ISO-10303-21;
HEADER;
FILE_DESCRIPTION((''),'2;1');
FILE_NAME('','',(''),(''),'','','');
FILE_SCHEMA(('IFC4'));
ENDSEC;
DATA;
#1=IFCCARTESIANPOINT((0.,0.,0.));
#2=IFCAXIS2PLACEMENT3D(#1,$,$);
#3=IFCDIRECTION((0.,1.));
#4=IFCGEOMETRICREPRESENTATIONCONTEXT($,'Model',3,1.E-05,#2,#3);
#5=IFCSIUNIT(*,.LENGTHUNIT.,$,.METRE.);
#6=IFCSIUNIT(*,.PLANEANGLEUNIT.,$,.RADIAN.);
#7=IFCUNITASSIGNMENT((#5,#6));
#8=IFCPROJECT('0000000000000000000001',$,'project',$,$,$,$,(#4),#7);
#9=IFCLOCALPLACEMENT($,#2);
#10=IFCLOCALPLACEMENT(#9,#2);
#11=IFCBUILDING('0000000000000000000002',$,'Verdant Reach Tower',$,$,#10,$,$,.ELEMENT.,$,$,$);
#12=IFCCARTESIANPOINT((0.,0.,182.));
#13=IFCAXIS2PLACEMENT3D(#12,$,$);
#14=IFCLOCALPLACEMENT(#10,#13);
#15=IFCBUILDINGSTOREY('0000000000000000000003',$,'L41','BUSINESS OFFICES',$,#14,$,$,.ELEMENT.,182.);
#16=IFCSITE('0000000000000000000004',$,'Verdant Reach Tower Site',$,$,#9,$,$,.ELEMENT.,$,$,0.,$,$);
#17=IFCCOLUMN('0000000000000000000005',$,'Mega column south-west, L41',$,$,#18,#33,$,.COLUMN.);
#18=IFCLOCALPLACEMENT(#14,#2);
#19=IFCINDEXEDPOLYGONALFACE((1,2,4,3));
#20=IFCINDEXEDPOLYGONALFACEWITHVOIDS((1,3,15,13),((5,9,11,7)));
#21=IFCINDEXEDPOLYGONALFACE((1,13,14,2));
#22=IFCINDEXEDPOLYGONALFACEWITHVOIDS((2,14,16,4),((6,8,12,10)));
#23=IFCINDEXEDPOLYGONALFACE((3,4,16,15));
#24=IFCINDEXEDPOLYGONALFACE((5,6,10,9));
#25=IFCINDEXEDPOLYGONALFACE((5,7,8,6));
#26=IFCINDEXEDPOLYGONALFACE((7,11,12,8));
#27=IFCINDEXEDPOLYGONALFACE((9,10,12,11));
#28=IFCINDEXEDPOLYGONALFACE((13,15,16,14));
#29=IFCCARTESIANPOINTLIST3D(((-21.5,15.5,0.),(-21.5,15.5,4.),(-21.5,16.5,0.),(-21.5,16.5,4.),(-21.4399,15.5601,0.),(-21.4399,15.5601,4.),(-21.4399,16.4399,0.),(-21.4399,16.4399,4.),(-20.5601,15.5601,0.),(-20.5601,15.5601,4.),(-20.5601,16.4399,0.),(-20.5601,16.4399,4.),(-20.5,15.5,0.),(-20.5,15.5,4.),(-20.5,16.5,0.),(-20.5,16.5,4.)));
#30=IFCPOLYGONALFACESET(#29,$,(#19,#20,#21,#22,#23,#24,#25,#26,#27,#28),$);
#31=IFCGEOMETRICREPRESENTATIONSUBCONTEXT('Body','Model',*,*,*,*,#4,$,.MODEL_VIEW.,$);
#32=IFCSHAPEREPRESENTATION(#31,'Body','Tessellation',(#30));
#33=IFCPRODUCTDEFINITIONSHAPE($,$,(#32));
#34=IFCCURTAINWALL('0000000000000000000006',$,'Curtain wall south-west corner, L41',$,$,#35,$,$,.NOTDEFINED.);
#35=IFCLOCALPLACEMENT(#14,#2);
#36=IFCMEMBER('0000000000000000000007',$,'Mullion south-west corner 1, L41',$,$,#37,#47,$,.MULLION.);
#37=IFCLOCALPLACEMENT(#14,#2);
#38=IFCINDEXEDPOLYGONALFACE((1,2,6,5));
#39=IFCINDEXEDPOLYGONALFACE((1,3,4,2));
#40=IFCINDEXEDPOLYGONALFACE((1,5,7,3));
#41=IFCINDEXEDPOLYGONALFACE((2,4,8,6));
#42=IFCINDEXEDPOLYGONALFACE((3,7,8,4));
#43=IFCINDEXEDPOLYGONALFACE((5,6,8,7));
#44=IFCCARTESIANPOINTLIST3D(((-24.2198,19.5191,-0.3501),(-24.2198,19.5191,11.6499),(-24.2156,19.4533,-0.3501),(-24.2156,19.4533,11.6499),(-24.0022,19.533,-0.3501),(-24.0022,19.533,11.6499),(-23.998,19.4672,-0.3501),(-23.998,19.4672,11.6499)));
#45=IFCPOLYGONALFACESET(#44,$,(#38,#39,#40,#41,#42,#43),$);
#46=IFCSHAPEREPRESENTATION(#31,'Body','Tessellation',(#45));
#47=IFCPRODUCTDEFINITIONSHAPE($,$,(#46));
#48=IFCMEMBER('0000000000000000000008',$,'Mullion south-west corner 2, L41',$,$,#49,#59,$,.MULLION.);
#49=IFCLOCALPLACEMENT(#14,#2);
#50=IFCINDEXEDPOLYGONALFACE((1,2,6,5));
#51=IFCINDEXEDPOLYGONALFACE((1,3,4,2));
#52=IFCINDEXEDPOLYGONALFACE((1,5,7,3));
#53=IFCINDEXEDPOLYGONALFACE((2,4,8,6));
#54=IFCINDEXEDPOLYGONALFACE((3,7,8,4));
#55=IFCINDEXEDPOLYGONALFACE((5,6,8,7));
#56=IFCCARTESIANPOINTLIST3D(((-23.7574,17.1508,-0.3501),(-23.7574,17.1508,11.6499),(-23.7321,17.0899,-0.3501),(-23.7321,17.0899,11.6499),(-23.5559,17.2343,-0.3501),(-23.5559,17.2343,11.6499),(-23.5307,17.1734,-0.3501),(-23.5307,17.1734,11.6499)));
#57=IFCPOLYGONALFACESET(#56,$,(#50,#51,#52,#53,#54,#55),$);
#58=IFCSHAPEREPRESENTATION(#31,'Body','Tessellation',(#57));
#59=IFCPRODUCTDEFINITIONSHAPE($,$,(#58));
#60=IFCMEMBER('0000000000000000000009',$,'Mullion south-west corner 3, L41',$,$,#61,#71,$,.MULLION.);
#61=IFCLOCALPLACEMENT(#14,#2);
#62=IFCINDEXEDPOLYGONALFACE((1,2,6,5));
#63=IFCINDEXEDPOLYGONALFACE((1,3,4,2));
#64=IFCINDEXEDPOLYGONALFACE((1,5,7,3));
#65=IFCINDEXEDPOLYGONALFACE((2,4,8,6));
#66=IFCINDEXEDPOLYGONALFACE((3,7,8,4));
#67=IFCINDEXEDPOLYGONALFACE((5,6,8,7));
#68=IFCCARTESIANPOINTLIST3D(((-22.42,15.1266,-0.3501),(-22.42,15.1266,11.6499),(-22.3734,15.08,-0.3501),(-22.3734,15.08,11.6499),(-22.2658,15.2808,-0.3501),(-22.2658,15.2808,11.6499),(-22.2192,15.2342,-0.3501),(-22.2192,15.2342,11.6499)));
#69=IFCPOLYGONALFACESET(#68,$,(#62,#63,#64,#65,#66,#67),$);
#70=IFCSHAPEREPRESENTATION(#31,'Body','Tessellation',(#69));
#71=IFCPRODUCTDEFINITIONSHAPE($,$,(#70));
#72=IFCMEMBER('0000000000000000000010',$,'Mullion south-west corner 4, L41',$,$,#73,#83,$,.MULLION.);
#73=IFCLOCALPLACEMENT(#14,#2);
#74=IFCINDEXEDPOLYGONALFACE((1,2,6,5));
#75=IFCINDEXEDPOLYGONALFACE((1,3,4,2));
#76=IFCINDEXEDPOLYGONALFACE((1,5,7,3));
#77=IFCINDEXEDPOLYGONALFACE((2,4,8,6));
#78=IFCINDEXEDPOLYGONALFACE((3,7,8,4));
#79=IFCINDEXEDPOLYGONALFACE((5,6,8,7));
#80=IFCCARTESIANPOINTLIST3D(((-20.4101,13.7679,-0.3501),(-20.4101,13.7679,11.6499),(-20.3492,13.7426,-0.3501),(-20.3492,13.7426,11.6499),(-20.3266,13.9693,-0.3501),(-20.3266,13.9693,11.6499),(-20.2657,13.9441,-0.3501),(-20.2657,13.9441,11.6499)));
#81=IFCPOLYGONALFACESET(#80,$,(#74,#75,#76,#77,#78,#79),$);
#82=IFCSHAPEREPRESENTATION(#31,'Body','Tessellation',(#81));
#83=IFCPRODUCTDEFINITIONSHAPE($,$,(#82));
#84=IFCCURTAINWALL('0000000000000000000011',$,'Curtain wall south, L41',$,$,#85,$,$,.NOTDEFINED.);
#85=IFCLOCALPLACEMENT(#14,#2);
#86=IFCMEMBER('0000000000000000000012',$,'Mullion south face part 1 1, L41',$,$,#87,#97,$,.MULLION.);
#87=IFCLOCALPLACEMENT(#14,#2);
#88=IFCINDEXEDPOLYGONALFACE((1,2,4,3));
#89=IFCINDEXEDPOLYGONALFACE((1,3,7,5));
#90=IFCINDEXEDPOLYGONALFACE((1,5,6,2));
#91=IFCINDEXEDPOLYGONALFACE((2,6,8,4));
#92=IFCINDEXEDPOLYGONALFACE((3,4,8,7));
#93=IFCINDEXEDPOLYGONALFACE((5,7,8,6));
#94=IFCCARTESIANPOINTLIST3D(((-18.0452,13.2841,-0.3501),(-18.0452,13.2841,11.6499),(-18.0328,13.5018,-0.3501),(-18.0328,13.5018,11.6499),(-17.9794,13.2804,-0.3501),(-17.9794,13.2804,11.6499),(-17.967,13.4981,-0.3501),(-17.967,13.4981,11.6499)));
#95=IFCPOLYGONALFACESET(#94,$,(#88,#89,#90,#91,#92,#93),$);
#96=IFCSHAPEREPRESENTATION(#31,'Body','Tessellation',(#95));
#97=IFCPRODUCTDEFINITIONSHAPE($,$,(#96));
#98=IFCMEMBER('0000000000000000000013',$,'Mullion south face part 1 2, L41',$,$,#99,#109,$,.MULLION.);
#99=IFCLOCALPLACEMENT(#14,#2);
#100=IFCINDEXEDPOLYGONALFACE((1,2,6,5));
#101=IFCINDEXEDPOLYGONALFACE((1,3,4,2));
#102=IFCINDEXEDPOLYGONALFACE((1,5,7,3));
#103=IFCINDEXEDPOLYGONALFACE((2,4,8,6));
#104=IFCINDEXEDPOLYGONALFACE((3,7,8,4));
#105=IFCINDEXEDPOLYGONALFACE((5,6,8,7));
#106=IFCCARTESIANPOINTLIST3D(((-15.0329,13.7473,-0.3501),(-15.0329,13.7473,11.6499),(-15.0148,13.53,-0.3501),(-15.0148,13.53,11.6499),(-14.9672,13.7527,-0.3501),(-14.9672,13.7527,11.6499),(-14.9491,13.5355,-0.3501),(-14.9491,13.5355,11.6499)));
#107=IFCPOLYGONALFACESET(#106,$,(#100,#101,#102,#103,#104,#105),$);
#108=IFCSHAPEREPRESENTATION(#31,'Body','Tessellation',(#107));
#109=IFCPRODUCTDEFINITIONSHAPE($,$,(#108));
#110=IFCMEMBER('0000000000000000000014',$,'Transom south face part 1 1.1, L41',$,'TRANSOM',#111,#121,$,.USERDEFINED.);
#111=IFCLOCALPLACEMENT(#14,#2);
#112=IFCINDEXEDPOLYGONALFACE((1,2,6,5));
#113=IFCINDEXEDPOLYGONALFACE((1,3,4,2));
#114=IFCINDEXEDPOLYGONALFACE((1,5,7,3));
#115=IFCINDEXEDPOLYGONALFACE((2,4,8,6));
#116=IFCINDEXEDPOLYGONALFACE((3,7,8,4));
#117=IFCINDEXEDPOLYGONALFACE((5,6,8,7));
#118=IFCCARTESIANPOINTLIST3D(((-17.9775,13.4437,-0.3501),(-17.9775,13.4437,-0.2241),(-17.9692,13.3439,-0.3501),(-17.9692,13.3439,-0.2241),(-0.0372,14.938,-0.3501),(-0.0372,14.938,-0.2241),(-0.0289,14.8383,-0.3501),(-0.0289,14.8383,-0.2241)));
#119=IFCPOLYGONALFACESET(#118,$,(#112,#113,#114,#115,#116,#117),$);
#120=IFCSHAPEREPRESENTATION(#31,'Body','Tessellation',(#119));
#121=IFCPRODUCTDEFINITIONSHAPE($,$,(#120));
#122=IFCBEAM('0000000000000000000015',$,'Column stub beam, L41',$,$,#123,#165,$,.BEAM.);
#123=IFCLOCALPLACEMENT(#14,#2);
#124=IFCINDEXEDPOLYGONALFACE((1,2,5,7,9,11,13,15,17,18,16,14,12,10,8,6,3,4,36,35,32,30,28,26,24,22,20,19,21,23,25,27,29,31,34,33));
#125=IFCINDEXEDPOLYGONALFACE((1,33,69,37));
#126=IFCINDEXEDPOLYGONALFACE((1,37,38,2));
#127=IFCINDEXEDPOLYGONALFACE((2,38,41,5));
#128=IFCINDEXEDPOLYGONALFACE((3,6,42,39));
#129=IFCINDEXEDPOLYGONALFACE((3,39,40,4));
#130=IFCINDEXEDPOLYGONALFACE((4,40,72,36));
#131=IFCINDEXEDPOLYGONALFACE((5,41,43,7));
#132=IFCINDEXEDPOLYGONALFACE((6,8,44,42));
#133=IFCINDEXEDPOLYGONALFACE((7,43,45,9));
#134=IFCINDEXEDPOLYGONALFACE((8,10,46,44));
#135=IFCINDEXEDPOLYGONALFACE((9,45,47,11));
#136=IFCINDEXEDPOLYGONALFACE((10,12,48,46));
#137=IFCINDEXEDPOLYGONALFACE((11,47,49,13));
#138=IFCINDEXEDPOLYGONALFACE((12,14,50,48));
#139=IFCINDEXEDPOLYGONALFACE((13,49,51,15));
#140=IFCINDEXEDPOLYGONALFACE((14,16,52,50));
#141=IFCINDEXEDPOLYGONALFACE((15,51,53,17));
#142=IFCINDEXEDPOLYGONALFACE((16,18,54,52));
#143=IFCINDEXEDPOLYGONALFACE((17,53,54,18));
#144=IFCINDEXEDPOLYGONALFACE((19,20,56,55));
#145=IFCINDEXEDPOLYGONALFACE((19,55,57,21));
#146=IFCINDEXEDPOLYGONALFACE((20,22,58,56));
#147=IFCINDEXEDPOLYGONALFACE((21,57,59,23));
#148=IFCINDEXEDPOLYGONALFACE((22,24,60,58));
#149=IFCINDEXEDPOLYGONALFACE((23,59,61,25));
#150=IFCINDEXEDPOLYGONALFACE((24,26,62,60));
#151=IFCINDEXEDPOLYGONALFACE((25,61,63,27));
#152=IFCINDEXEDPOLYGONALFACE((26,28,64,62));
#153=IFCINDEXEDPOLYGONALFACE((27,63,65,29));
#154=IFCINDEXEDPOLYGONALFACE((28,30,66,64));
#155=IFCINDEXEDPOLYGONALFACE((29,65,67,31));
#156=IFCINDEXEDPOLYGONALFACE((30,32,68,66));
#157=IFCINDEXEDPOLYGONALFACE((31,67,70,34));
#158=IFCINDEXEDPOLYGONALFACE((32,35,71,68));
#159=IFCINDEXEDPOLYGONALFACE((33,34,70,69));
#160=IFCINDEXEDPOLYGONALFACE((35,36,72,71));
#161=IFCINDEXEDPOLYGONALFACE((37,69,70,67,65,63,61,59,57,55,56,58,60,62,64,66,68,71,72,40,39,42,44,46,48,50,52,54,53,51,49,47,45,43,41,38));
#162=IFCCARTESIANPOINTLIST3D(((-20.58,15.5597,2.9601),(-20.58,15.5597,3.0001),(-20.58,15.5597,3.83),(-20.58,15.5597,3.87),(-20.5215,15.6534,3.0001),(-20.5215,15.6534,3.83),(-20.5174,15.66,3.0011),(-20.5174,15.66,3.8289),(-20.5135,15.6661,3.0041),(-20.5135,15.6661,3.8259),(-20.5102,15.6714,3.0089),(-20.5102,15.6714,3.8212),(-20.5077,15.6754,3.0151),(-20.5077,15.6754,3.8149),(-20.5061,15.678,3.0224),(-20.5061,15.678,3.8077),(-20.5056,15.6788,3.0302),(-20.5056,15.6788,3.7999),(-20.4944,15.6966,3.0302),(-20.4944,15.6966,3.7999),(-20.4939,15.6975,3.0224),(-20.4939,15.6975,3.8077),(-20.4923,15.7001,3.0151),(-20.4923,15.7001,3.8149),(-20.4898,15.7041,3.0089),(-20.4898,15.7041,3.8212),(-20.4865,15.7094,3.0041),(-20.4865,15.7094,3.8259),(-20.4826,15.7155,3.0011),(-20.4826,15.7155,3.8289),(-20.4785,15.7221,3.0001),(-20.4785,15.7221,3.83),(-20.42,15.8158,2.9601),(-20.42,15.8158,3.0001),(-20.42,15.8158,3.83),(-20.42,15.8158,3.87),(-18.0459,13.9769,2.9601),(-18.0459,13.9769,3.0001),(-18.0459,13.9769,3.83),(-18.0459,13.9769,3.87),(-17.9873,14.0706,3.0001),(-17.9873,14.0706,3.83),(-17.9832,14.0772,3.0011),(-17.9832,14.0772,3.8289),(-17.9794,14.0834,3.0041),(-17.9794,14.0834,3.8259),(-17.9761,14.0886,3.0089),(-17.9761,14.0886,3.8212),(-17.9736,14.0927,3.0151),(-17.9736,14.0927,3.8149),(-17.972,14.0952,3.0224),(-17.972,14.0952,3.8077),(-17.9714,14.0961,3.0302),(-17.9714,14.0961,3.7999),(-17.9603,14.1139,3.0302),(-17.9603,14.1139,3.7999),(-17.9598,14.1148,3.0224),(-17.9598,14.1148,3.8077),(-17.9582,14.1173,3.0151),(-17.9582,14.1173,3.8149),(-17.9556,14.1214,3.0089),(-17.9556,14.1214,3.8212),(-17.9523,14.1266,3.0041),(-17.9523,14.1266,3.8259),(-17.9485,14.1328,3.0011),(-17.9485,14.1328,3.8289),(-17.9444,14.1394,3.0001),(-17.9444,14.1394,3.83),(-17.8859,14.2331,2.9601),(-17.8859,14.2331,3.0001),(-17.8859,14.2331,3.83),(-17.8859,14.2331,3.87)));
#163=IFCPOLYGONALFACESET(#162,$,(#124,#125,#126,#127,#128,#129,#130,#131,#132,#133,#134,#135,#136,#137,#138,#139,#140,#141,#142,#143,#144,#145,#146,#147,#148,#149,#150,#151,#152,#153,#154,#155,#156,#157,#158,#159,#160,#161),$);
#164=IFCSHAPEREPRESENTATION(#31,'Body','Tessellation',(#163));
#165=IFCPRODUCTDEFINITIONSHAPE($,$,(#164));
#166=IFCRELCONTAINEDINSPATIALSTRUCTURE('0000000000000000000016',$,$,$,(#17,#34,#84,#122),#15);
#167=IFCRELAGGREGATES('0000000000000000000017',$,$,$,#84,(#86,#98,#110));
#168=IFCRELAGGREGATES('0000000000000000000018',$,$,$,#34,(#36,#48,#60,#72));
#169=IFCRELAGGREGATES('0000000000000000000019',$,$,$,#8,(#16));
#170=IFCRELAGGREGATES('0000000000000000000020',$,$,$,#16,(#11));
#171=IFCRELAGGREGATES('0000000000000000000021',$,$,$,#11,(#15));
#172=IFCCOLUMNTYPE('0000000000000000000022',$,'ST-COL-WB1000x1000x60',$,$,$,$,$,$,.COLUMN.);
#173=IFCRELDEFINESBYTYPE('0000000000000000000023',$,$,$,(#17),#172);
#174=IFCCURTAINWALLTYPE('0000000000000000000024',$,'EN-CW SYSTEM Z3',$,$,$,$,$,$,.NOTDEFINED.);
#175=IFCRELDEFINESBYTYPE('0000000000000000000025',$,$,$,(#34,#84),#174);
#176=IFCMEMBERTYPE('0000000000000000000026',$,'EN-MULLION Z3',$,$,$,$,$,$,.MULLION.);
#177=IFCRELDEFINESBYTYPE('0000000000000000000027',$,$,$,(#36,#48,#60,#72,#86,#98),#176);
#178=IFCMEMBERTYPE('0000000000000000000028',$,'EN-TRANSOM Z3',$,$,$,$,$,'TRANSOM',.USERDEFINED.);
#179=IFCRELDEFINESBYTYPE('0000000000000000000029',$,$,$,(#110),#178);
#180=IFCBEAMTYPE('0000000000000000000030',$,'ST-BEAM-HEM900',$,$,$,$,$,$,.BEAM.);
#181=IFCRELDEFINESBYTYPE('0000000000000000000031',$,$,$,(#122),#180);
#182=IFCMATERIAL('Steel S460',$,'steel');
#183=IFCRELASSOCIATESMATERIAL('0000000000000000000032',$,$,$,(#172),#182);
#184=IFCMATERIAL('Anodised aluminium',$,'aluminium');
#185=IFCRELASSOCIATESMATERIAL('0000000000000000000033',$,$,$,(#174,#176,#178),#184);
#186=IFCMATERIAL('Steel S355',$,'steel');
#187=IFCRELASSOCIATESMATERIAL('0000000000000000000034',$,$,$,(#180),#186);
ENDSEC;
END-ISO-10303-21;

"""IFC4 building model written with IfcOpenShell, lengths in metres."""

from ifc_helpers import new_model, si_unit, direction, frame, origin, origin_2d, place, context, subcontext, project, spatial, rectangle, hollow_rectangle, i_section, extrude, material, material_profile, profile_set, type_object, element, aggregate, save


model = new_model("IFC4")

# Units and contexts
model_context = context("Model", 3, precision=1e-05, world=origin(), true_north=direction((0.0, 1.0)))
body_context = subcontext(model_context, "Body", "Model", "MODEL_VIEW")
ifc_project = project(units=[si_unit("LENGTHUNIT", "METRE"), si_unit("PLANEANGLEUNIT", "RADIAN")], contexts=[model_context])

# Site, building, storey
site_placement = place(None, origin())
site = spatial("IfcSite", under=ifc_project, at=site_placement, Name="Verdant Reach Tower Site", CompositionType="ELEMENT", RefElevation=0.0)
building_placement = place(site_placement, origin())
building = spatial("IfcBuilding", under=site, at=building_placement, Name="Verdant Reach Tower", CompositionType="ELEMENT")
storey_placement = place(building_placement, frame((0.0, 0.0, 182.0)))
storey = spatial("IfcBuildingStorey", under=building, at=storey_placement, Name="L41", Description="BUSINESS OFFICES", CompositionType="ELEMENT", Elevation=182.0)

# Column
ifc_material_1 = material(Name="Steel S460", Category="steel")
ifc_material_profile_1 = material_profile(ifc_material_1, hollow_rectangle(XDim=1.0, YDim=1.0, WallThickness=0.0601, at=origin_2d()), Name="WB 1000x1000x60")
ifc_profile_set_1 = profile_set([ifc_material_profile_1], Name="Steel S460")
column_type = type_object("IfcColumnType", Name="ST-COL-WB1000x1000x60", PredefinedType="COLUMN", material=ifc_profile_set_1)
column_placement = place(storey_placement, frame((-21.0, 16.0, 0.0), z_axis=(0.0, 0.0, 1.0), x_axis=(1.0, 0.0, 0.0)))
element("IfcColumn", 1, at=column_placement, inside=storey, type_object=column_type, Name="Mega column south-west, L41", PredefinedType="COLUMN", context=body_context, shape_type="SweptSolid", body=[
    extrude(hollow_rectangle(XDim=1.0, YDim=1.0, WallThickness=0.0601, at=origin_2d()), origin(), (0.0, 0.0, 1.0), 4.0),
])

# Curtain walls, members
ifc_material_2 = material(Name="Anodised aluminium", Category="aluminium")
curtain_wall_type = type_object("IfcCurtainWallType", Name="EN-CW SYSTEM Z3", PredefinedType="NOTDEFINED", material=ifc_material_2)
curtain_wall_1_placement = place(storey_placement, origin())
curtain_wall_1 = element("IfcCurtainWall", 2, at=curtain_wall_1_placement, inside=storey, type_object=curtain_wall_type, Name="Curtain wall south-west corner, L41", PredefinedType="NOTDEFINED")
ifc_material_profile_2 = material_profile(ifc_material_2, rectangle(XDim=0.218, YDim=0.0659, at=origin_2d()), Name="Mullion 66x218")
ifc_profile_set_2 = profile_set([ifc_material_profile_2], Name="Anodised aluminium")
member_type_1 = type_object("IfcMemberType", Name="EN-MULLION Z3", PredefinedType="MULLION", material=ifc_profile_set_2)
member_1_placement = place(storey_placement, frame((-24.1089, 19.4932, -0.3501), z_axis=(0.0, 0.0, 1.0), x_axis=(-0.997969, -0.063699, 0.0)))
member_1 = element("IfcMember", 3, at=member_1_placement, type_object=member_type_1, Name="Mullion south-west corner 1, L41", PredefinedType="MULLION", context=body_context, shape_type="SweptSolid", body=[
    extrude(rectangle(XDim=0.218, YDim=0.0659, at=origin_2d()), origin(), (0.0, 0.0, 1.0), 12.0),
])
member_2_placement = place(storey_placement, frame((-23.644, 17.1621, -0.3501), z_axis=(0.0, 0.0, 1.0), x_axis=(-0.923875, -0.382694, 0.0)))
member_2 = element("IfcMember", 4, at=member_2_placement, type_object=member_type_1, Name="Mullion south-west corner 2, L41", PredefinedType="MULLION", context=body_context, shape_type="SweptSolid", body=[
    extrude(rectangle(XDim=0.218, YDim=0.0659, at=origin_2d()), origin(), (0.0, 0.0, 1.0), 12.0),
])
member_3_placement = place(storey_placement, frame((-22.3196, 15.1804, -0.3501), z_axis=(0.0, 0.0, 1.0), x_axis=(-0.707107, -0.707107, 0.0)))
member_3 = element("IfcMember", 5, at=member_3_placement, type_object=member_type_1, Name="Mullion south-west corner 3, L41", PredefinedType="MULLION", context=body_context, shape_type="SweptSolid", body=[
    extrude(rectangle(XDim=0.218, YDim=0.0659, at=origin_2d()), origin(), (0.0, 0.0, 1.0), 12.0),
])
member_4_placement = place(storey_placement, frame((-20.3379, 13.856, -0.3501), z_axis=(0.0, 0.0, 1.0), x_axis=(-0.382694, -0.923875, 0.0)))
member_4 = element("IfcMember", 6, at=member_4_placement, type_object=member_type_1, Name="Mullion south-west corner 4, L41", PredefinedType="MULLION", context=body_context, shape_type="SweptSolid", body=[
    extrude(rectangle(XDim=0.218, YDim=0.0659, at=origin_2d()), origin(), (0.0, 0.0, 1.0), 12.0),
])
curtain_wall_2_placement = place(storey_placement, origin())
curtain_wall_2 = element("IfcCurtainWall", 7, at=curtain_wall_2_placement, inside=storey, type_object=curtain_wall_type, Name="Curtain wall south, L41", PredefinedType="NOTDEFINED")
member_5_placement = place(storey_placement, frame((-18.0061, 13.3911, -0.3501), z_axis=(0.0, 0.0, 1.0), x_axis=(-0.056569, -0.998399, 0.0)))
member_5 = element("IfcMember", 8, at=member_5_placement, type_object=member_type_1, Name="Mullion south face part 1 1, L41", PredefinedType="MULLION", context=body_context, shape_type="SweptSolid", body=[
    extrude(rectangle(XDim=0.218, YDim=0.0659, at=origin_2d()), origin(), (0.0, 0.0, 1.0), 12.0),
])
member_6_placement = place(storey_placement, frame((-14.991, 13.6414, -0.3501), z_axis=(0.0, 0.0, 1.0), x_axis=(0.083045, -0.996546, 0.0)))
member_6 = element("IfcMember", 9, at=member_6_placement, type_object=member_type_1, Name="Mullion south face part 1 2, L41", PredefinedType="MULLION", context=body_context, shape_type="SweptSolid", body=[
    extrude(rectangle(XDim=0.218, YDim=0.0659, at=origin_2d()), origin(), (0.0, 0.0, 1.0), 12.0),
])
ifc_material_profile_3 = material_profile(ifc_material_2, rectangle(XDim=0.1001, YDim=0.126, at=origin_2d()), Name="Transom 126x100")
ifc_profile_set_3 = profile_set([ifc_material_profile_3], Name="Anodised aluminium")
member_type_2 = type_object("IfcMemberType", Name="EN-TRANSOM Z3", ElementType="TRANSOM", PredefinedType="USERDEFINED", material=ifc_profile_set_3)
member_7_placement = place(storey_placement, frame((-17.9734, 13.3938, -0.2871), z_axis=(0.996549, 0.08301, 0.0), x_axis=(-0.08301, 0.996549, 0.0)))
member_7 = element("IfcMember", 10, at=member_7_placement, type_object=member_type_2, Name="Transom south face part 1 1.1, L41", ObjectType="TRANSOM", PredefinedType="USERDEFINED", context=body_context, shape_type="SweptSolid", body=[
    extrude(rectangle(XDim=0.1001, YDim=0.126, at=origin_2d()), origin(), (0.0, 0.0, 1.0), 18.0024),
])

# Beam
ifc_material_3 = material(Name="Steel S355", Category="steel")
ifc_material_profile_4 = material_profile(ifc_material_3, i_section(OverallWidth=0.302, OverallDepth=0.9099, WebThickness=0.021, FlangeThickness=0.04, FilletRadius=0.03, at=origin_2d()), Name="HEM 900")
ifc_profile_set_4 = profile_set([ifc_material_profile_4], Name="Steel S355")
beam_type_1 = type_object("IfcBeamType", Name="ST-BEAM-HEM900", PredefinedType="BEAM", material=ifc_profile_set_4)
beam_1_placement = place(storey_placement, frame((-20.5, 15.6877, 3.415), z_axis=(0.848164, -0.529735, 0.0), x_axis=(0.529735, 0.848164, 0.0)))
element("IfcBeam", 11, at=beam_1_placement, inside=storey, type_object=beam_type_1, Name="Column stub beam, L41", PredefinedType="BEAM", context=body_context, shape_type="SweptSolid", body=[
    extrude(i_section(OverallWidth=0.302, OverallDepth=0.9099, WebThickness=0.021, FlangeThickness=0.04, FilletRadius=0.03, at=origin_2d()), origin(), (0.0, 0.0, 1.0), 2.9878),
])

aggregate(curtain_wall_2, [member_5, member_6, member_7])
aggregate(curtain_wall_1, [member_1, member_2, member_3, member_4])

save(model, "model.ifc")
